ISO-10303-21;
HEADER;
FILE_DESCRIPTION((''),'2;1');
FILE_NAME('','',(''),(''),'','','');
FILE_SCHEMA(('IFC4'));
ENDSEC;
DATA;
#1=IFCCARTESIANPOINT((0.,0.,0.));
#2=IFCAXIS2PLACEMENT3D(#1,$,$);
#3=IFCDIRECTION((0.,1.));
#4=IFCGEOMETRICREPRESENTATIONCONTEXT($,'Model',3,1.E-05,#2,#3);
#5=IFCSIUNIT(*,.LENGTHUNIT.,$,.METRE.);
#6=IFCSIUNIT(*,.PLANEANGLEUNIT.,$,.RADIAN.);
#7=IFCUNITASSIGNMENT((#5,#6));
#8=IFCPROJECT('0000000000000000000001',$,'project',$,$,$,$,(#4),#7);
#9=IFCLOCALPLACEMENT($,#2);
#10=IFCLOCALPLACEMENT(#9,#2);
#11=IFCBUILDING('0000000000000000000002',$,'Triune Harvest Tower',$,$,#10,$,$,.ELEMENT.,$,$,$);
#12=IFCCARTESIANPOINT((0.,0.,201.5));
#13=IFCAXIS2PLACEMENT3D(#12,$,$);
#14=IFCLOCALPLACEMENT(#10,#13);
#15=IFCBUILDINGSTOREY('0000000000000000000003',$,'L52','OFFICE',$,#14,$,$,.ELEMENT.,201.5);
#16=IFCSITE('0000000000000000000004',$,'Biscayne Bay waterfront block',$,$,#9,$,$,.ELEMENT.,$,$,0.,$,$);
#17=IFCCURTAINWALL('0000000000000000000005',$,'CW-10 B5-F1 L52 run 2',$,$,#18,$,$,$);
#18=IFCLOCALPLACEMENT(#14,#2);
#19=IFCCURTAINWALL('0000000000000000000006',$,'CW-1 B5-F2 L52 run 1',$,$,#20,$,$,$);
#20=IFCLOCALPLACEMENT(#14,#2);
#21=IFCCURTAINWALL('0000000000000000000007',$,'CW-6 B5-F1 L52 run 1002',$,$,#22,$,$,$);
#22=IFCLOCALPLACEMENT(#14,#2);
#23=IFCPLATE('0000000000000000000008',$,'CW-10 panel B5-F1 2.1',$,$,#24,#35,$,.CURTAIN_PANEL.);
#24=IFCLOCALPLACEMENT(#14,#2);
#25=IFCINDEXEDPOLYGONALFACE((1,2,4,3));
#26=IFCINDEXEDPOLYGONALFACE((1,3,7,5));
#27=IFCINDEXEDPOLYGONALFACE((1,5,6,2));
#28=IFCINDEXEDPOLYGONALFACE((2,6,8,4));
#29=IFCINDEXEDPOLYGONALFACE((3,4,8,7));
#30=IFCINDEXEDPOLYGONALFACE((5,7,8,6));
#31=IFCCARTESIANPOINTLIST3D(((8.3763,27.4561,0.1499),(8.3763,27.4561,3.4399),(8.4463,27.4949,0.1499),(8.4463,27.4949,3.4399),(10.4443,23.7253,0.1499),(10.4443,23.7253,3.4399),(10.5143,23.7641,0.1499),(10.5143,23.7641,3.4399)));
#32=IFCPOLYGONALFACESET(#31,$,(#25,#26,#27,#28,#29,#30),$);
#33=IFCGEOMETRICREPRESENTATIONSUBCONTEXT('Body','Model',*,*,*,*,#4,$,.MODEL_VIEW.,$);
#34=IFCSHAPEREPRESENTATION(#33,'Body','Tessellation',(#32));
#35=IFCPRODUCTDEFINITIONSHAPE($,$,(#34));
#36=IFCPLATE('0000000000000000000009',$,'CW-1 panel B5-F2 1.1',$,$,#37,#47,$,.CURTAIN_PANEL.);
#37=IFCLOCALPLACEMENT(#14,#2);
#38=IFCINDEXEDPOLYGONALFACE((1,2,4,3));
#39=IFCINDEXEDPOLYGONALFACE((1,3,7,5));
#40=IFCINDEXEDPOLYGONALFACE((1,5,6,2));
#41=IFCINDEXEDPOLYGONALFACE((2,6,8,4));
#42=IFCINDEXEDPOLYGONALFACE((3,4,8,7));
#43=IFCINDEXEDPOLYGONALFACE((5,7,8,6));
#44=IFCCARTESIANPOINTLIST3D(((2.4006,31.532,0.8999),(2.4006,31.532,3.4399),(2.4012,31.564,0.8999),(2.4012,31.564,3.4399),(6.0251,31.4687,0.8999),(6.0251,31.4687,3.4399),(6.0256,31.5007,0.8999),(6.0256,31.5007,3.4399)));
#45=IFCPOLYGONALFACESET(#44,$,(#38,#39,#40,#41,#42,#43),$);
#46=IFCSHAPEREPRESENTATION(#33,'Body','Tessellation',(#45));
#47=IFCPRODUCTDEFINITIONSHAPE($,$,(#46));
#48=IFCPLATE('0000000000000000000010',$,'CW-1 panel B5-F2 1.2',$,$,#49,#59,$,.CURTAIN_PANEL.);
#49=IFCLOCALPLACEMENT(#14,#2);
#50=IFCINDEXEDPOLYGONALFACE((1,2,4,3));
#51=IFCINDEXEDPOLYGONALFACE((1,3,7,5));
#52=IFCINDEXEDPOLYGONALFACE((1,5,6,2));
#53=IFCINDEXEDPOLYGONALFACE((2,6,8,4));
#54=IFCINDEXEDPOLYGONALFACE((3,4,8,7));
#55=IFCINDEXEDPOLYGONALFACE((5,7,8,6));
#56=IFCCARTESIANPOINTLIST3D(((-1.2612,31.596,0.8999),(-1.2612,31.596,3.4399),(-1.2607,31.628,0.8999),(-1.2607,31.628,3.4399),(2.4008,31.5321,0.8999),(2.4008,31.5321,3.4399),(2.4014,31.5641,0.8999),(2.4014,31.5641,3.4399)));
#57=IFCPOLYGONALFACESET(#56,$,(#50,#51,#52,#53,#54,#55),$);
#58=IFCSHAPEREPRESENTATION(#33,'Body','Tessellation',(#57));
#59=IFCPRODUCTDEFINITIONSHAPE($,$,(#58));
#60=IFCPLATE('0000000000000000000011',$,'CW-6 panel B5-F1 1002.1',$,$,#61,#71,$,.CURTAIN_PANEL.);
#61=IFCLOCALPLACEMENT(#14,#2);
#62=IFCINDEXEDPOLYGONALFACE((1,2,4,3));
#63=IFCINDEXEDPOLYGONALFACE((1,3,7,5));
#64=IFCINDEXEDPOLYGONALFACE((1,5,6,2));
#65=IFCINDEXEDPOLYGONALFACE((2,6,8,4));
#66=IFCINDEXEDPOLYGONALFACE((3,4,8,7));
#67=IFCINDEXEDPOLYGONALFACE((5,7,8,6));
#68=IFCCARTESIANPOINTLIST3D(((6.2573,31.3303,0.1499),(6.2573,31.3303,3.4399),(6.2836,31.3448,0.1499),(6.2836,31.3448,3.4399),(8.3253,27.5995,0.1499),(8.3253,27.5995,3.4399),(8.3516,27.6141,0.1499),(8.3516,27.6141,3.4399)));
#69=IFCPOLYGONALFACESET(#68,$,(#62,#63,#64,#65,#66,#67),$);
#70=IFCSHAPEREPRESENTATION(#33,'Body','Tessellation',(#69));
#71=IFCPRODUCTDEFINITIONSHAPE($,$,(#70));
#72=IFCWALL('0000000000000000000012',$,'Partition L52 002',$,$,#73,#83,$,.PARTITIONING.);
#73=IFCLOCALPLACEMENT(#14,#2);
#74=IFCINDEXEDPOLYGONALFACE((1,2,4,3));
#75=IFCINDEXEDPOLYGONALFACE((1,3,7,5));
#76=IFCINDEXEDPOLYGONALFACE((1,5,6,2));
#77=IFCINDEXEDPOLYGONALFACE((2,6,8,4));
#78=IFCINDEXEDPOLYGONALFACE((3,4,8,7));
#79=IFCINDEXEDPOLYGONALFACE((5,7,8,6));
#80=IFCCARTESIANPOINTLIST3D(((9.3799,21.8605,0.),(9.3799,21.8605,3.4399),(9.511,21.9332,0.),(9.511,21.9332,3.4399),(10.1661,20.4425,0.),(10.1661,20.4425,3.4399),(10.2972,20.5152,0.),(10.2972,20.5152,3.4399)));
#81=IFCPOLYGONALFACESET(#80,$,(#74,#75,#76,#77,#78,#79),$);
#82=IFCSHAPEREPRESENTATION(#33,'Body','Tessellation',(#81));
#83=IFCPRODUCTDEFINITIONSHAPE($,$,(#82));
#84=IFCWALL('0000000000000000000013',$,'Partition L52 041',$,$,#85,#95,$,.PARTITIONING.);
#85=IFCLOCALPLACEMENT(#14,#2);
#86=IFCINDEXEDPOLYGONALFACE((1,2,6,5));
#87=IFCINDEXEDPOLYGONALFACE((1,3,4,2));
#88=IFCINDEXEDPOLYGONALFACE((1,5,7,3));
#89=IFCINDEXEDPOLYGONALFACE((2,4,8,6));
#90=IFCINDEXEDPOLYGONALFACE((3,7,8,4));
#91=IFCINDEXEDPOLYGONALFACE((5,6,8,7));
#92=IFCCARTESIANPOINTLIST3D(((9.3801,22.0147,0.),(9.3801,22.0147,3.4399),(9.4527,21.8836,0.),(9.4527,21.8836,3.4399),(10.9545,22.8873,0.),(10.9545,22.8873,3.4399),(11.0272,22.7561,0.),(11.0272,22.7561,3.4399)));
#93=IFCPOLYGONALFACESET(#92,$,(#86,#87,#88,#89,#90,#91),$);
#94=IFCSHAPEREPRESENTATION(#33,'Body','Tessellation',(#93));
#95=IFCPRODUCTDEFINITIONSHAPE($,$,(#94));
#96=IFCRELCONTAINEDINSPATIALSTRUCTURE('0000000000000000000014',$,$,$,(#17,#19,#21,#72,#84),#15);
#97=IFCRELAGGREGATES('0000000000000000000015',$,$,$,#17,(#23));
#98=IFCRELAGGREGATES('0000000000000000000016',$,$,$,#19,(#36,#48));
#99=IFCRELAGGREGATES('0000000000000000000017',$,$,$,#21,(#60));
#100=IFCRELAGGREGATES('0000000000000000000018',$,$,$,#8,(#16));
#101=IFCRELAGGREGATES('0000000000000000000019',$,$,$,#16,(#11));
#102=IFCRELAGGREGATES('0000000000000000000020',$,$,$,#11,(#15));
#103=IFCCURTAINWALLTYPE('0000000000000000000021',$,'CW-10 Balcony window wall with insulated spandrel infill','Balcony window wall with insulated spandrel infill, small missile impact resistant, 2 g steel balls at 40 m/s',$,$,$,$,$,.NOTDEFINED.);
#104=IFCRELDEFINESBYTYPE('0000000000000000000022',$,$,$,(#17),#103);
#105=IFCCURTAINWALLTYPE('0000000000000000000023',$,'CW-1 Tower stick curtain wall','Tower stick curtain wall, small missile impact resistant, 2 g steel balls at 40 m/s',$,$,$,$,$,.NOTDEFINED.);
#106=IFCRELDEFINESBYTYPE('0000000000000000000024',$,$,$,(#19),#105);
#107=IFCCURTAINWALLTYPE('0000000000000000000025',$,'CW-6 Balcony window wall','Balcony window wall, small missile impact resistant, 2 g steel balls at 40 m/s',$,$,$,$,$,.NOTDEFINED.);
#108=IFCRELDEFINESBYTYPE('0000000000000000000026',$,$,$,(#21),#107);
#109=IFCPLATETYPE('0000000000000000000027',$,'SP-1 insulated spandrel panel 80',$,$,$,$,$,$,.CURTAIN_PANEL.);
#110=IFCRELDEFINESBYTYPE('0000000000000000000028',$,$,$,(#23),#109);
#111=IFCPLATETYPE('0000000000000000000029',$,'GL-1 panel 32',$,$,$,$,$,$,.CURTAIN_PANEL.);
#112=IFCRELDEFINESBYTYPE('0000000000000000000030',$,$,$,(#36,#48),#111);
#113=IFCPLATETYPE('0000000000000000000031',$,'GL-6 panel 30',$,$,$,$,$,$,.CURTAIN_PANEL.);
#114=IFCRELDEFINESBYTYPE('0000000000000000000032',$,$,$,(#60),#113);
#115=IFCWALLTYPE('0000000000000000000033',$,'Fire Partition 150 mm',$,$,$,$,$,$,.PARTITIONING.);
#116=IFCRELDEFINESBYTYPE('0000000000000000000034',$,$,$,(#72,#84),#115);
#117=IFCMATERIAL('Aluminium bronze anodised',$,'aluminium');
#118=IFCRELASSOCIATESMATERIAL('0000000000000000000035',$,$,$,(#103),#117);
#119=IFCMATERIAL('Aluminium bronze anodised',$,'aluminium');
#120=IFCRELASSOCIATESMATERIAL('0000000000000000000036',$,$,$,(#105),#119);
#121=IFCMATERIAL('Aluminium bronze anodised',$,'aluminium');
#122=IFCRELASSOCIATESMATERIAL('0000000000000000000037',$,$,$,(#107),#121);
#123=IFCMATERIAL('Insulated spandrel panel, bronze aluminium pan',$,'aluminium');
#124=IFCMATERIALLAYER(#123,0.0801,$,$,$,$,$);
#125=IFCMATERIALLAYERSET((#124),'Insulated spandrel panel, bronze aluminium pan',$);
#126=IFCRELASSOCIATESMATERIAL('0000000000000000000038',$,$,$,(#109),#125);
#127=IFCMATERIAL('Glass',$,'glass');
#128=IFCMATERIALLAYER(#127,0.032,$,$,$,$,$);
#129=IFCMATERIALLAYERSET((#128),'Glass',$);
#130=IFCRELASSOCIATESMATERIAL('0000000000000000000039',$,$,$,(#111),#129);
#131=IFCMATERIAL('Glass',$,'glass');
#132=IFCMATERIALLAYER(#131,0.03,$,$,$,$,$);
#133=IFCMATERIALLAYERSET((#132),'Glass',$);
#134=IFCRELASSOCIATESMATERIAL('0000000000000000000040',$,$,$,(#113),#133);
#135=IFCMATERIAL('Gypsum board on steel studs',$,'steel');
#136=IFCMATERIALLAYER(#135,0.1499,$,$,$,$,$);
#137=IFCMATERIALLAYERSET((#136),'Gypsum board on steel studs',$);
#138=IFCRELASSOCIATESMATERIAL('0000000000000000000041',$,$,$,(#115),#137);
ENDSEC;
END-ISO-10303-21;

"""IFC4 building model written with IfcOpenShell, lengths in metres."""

from ifc_helpers import new_model, si_unit, direction, frame, frame_2d, origin, origin_2d, place, context, subcontext, project, spatial, rectangle, extrude, source, transform, mapped, material, layer, layer_set, type_object, element, aggregate, save


model = new_model("IFC4")

# Units and contexts
model_context = context("Model", 3, precision=1e-05, world=origin(), true_north=direction((0.0, 1.0)))
body_context = subcontext(model_context, "Body", "Model", "MODEL_VIEW")
ifc_project = project(units=[si_unit("LENGTHUNIT", "METRE"), si_unit("PLANEANGLEUNIT", "RADIAN")], contexts=[model_context])

# Site, building, storey
site_placement = place(None, origin())
site = spatial("IfcSite", under=ifc_project, at=site_placement, Name="Biscayne Bay waterfront block", CompositionType="ELEMENT", RefElevation=0.0)
building_placement = place(site_placement, origin())
building = spatial("IfcBuilding", under=site, at=building_placement, Name="Triune Harvest Tower", CompositionType="ELEMENT")
storey_placement = place(building_placement, frame((0.0, 0.0, 201.5)))
storey = spatial("IfcBuildingStorey", under=building, at=storey_placement, Name="L52", Description="OFFICE", CompositionType="ELEMENT", Elevation=201.5)

# Curtain wall
ifc_material_1 = material(Name="Aluminium bronze anodised", Category="aluminium")
curtain_wall_type_1 = type_object("IfcCurtainWallType", Name="CW-10 Balcony window wall with insulated spandrel infill", Description="Balcony window wall with insulated spandrel infill, small missile impact resistant, 2 g steel balls at 40 m/s", PredefinedType="NOTDEFINED", material=ifc_material_1)
curtain_wall_1_placement = place(storey_placement, origin())
curtain_wall_1 = element("IfcCurtainWall", 1, at=curtain_wall_1_placement, inside=storey, type_object=curtain_wall_type_1, Name="CW-10 B5-F1 L52 run 2")

# Curtain wall
ifc_material_2 = material(Name="Aluminium bronze anodised", Category="aluminium")
curtain_wall_type_2 = type_object("IfcCurtainWallType", Name="CW-1 Tower stick curtain wall", Description="Tower stick curtain wall, small missile impact resistant, 2 g steel balls at 40 m/s", PredefinedType="NOTDEFINED", material=ifc_material_2)
curtain_wall_2_placement = place(storey_placement, origin())
curtain_wall_2 = element("IfcCurtainWall", 2, at=curtain_wall_2_placement, inside=storey, type_object=curtain_wall_type_2, Name="CW-1 B5-F2 L52 run 1")

# Curtain wall
ifc_material_3 = material(Name="Aluminium bronze anodised", Category="aluminium")
curtain_wall_type_3 = type_object("IfcCurtainWallType", Name="CW-6 Balcony window wall", Description="Balcony window wall, small missile impact resistant, 2 g steel balls at 40 m/s", PredefinedType="NOTDEFINED", material=ifc_material_3)
curtain_wall_3_placement = place(storey_placement, origin())
curtain_wall_3 = element("IfcCurtainWall", 3, at=curtain_wall_3_placement, inside=storey, type_object=curtain_wall_type_3, Name="CW-6 B5-F1 L52 run 1002")

# Plates
ifc_material_4 = material(Name="Insulated spandrel panel, bronze aluminium pan", Category="aluminium")
ifc_layer_1 = layer(ifc_material_4, 0.0801)
ifc_layer_set_1 = layer_set([ifc_layer_1], Name="Insulated spandrel panel, bronze aluminium pan")
plate_type_1 = type_object("IfcPlateType", Name="SP-1 insulated spandrel panel 80", PredefinedType="CURTAIN_PANEL", material=ifc_layer_set_1)
shared_shape_1 = source(origin(), body_context, "Body", "SweptSolid", [
    extrude(rectangle(XDim=4.2656, YDim=0.0801, at=origin_2d()), origin(), (0.0, 0.0, 1.0), 3.29),
])
plate_1_placement = place(storey_placement, frame((9.4453, 25.6101, 0.1499), z_axis=(0.0, 0.0, 1.0), x_axis=(-0.484801, 0.874624, 0.0)))
plate_1 = element("IfcPlate", 4, at=plate_1_placement, type_object=plate_type_1, Name="CW-10 panel B5-F1 2.1", PredefinedType="CURTAIN_PANEL", context=body_context, shape_type="MappedRepresentation", body=[
    mapped(shared_shape_1, transform((0.0, 0.0, 0.0), scale=1.0)),
])
aggregate(curtain_wall_1, [plate_1])
ifc_material_5 = material(Name="Glass", Category="glass")
ifc_layer_2 = layer(ifc_material_5, 0.032)
ifc_layer_set_2 = layer_set([ifc_layer_2], Name="Glass")
plate_type_2 = type_object("IfcPlateType", Name="GL-1 panel 32", PredefinedType="CURTAIN_PANEL", material=ifc_layer_set_2)
shared_shape_2 = source(origin(), body_context, "Body", "SweptSolid", [
    extrude(rectangle(XDim=3.625, YDim=0.032, at=origin_2d()), origin(), (0.0, 0.0, 1.0), 2.54),
])
plate_2_placement = place(storey_placement, frame((4.2131, 31.5164, 0.8999), z_axis=(0.0, 0.0, 1.0), x_axis=(-0.999848, 0.017446, 0.0)))
plate_2 = element("IfcPlate", 5, at=plate_2_placement, type_object=plate_type_2, Name="CW-1 panel B5-F2 1.1", PredefinedType="CURTAIN_PANEL", context=body_context, shape_type="MappedRepresentation", body=[
    mapped(shared_shape_2, transform((0.0, 0.0, 0.0), scale=1.0)),
])
shared_shape_3 = source(origin(), body_context, "Body", "SweptSolid", [
    extrude(rectangle(XDim=3.6626, YDim=0.032, at=origin_2d()), origin(), (0.0, 0.0, 1.0), 2.54),
])
plate_3_placement = place(storey_placement, frame((0.5701, 31.5801, 0.8999), z_axis=(0.0, 0.0, 1.0), x_axis=(-0.999848, 0.017446, 0.0)))
plate_3 = element("IfcPlate", 6, at=plate_3_placement, type_object=plate_type_2, Name="CW-1 panel B5-F2 1.2", PredefinedType="CURTAIN_PANEL", context=body_context, shape_type="MappedRepresentation", body=[
    mapped(shared_shape_3, transform((0.0, 0.0, 0.0), scale=1.0)),
])
aggregate(curtain_wall_2, [plate_2, plate_3])
ifc_material_6 = material(Name="Glass", Category="glass")
ifc_layer_3 = layer(ifc_material_6, 0.03)
ifc_layer_set_3 = layer_set([ifc_layer_3], Name="Glass")
plate_type_3 = type_object("IfcPlateType", Name="GL-6 panel 30", PredefinedType="CURTAIN_PANEL", material=ifc_layer_set_3)
shared_shape_4 = source(origin(), body_context, "Body", "SweptSolid", [
    extrude(rectangle(XDim=4.2656, YDim=0.03, at=origin_2d()), origin(), (0.0, 0.0, 1.0), 3.29),
])
plate_4_placement = place(storey_placement, frame((7.3044, 29.4722, 0.1499), z_axis=(0.0, 0.0, 1.0), x_axis=(-0.484816, 0.874616, 0.0)))
plate_4 = element("IfcPlate", 7, at=plate_4_placement, type_object=plate_type_3, Name="CW-6 panel B5-F1 1002.1", PredefinedType="CURTAIN_PANEL", context=body_context, shape_type="MappedRepresentation", body=[
    mapped(shared_shape_4, transform((0.0, 0.0, 0.0), scale=1.0)),
])
aggregate(curtain_wall_3, [plate_4])

# Walls
ifc_material_7 = material(Name="Gypsum board on steel studs", Category="steel")
ifc_layer_4 = layer(ifc_material_7, 0.1499)
ifc_layer_set_4 = layer_set([ifc_layer_4], Name="Gypsum board on steel studs")
wall_type_1 = type_object("IfcWallType", Name="Fire Partition 150 mm", PredefinedType="PARTITIONING", material=ifc_layer_set_4)
wall_1_placement = place(storey_placement, frame((9.4456, 21.8967, 0.0), z_axis=(0.0, 0.0, 1.0), x_axis=(0.484876, -0.874583, 0.0)))
element("IfcWall", 8, at=wall_1_placement, inside=storey, type_object=wall_type_1, Name="Partition L52 002", PredefinedType="PARTITIONING", context=body_context, shape_type="SweptSolid", body=[
    extrude(rectangle(XDim=1.6213, YDim=0.1499, at=frame_2d((0.8105, 0.0))), origin(), (0.0, 0.0, 1.0), 3.4399),
])
wall_2_placement = place(storey_placement, frame((9.4165, 21.9492, 0.0), z_axis=(0.0, 0.0, 1.0), x_axis=(0.874662, 0.484733, 0.0)))
element("IfcWall", 9, at=wall_2_placement, inside=storey, type_object=wall_type_1, Name="Partition L52 041", PredefinedType="PARTITIONING", context=body_context, shape_type="SweptSolid", body=[
    extrude(rectangle(XDim=1.8, YDim=0.1499, at=frame_2d((0.8999, 0.0))), origin(), (0.0, 0.0, 1.0), 3.4399),
])

save(model, "model.ifc")
